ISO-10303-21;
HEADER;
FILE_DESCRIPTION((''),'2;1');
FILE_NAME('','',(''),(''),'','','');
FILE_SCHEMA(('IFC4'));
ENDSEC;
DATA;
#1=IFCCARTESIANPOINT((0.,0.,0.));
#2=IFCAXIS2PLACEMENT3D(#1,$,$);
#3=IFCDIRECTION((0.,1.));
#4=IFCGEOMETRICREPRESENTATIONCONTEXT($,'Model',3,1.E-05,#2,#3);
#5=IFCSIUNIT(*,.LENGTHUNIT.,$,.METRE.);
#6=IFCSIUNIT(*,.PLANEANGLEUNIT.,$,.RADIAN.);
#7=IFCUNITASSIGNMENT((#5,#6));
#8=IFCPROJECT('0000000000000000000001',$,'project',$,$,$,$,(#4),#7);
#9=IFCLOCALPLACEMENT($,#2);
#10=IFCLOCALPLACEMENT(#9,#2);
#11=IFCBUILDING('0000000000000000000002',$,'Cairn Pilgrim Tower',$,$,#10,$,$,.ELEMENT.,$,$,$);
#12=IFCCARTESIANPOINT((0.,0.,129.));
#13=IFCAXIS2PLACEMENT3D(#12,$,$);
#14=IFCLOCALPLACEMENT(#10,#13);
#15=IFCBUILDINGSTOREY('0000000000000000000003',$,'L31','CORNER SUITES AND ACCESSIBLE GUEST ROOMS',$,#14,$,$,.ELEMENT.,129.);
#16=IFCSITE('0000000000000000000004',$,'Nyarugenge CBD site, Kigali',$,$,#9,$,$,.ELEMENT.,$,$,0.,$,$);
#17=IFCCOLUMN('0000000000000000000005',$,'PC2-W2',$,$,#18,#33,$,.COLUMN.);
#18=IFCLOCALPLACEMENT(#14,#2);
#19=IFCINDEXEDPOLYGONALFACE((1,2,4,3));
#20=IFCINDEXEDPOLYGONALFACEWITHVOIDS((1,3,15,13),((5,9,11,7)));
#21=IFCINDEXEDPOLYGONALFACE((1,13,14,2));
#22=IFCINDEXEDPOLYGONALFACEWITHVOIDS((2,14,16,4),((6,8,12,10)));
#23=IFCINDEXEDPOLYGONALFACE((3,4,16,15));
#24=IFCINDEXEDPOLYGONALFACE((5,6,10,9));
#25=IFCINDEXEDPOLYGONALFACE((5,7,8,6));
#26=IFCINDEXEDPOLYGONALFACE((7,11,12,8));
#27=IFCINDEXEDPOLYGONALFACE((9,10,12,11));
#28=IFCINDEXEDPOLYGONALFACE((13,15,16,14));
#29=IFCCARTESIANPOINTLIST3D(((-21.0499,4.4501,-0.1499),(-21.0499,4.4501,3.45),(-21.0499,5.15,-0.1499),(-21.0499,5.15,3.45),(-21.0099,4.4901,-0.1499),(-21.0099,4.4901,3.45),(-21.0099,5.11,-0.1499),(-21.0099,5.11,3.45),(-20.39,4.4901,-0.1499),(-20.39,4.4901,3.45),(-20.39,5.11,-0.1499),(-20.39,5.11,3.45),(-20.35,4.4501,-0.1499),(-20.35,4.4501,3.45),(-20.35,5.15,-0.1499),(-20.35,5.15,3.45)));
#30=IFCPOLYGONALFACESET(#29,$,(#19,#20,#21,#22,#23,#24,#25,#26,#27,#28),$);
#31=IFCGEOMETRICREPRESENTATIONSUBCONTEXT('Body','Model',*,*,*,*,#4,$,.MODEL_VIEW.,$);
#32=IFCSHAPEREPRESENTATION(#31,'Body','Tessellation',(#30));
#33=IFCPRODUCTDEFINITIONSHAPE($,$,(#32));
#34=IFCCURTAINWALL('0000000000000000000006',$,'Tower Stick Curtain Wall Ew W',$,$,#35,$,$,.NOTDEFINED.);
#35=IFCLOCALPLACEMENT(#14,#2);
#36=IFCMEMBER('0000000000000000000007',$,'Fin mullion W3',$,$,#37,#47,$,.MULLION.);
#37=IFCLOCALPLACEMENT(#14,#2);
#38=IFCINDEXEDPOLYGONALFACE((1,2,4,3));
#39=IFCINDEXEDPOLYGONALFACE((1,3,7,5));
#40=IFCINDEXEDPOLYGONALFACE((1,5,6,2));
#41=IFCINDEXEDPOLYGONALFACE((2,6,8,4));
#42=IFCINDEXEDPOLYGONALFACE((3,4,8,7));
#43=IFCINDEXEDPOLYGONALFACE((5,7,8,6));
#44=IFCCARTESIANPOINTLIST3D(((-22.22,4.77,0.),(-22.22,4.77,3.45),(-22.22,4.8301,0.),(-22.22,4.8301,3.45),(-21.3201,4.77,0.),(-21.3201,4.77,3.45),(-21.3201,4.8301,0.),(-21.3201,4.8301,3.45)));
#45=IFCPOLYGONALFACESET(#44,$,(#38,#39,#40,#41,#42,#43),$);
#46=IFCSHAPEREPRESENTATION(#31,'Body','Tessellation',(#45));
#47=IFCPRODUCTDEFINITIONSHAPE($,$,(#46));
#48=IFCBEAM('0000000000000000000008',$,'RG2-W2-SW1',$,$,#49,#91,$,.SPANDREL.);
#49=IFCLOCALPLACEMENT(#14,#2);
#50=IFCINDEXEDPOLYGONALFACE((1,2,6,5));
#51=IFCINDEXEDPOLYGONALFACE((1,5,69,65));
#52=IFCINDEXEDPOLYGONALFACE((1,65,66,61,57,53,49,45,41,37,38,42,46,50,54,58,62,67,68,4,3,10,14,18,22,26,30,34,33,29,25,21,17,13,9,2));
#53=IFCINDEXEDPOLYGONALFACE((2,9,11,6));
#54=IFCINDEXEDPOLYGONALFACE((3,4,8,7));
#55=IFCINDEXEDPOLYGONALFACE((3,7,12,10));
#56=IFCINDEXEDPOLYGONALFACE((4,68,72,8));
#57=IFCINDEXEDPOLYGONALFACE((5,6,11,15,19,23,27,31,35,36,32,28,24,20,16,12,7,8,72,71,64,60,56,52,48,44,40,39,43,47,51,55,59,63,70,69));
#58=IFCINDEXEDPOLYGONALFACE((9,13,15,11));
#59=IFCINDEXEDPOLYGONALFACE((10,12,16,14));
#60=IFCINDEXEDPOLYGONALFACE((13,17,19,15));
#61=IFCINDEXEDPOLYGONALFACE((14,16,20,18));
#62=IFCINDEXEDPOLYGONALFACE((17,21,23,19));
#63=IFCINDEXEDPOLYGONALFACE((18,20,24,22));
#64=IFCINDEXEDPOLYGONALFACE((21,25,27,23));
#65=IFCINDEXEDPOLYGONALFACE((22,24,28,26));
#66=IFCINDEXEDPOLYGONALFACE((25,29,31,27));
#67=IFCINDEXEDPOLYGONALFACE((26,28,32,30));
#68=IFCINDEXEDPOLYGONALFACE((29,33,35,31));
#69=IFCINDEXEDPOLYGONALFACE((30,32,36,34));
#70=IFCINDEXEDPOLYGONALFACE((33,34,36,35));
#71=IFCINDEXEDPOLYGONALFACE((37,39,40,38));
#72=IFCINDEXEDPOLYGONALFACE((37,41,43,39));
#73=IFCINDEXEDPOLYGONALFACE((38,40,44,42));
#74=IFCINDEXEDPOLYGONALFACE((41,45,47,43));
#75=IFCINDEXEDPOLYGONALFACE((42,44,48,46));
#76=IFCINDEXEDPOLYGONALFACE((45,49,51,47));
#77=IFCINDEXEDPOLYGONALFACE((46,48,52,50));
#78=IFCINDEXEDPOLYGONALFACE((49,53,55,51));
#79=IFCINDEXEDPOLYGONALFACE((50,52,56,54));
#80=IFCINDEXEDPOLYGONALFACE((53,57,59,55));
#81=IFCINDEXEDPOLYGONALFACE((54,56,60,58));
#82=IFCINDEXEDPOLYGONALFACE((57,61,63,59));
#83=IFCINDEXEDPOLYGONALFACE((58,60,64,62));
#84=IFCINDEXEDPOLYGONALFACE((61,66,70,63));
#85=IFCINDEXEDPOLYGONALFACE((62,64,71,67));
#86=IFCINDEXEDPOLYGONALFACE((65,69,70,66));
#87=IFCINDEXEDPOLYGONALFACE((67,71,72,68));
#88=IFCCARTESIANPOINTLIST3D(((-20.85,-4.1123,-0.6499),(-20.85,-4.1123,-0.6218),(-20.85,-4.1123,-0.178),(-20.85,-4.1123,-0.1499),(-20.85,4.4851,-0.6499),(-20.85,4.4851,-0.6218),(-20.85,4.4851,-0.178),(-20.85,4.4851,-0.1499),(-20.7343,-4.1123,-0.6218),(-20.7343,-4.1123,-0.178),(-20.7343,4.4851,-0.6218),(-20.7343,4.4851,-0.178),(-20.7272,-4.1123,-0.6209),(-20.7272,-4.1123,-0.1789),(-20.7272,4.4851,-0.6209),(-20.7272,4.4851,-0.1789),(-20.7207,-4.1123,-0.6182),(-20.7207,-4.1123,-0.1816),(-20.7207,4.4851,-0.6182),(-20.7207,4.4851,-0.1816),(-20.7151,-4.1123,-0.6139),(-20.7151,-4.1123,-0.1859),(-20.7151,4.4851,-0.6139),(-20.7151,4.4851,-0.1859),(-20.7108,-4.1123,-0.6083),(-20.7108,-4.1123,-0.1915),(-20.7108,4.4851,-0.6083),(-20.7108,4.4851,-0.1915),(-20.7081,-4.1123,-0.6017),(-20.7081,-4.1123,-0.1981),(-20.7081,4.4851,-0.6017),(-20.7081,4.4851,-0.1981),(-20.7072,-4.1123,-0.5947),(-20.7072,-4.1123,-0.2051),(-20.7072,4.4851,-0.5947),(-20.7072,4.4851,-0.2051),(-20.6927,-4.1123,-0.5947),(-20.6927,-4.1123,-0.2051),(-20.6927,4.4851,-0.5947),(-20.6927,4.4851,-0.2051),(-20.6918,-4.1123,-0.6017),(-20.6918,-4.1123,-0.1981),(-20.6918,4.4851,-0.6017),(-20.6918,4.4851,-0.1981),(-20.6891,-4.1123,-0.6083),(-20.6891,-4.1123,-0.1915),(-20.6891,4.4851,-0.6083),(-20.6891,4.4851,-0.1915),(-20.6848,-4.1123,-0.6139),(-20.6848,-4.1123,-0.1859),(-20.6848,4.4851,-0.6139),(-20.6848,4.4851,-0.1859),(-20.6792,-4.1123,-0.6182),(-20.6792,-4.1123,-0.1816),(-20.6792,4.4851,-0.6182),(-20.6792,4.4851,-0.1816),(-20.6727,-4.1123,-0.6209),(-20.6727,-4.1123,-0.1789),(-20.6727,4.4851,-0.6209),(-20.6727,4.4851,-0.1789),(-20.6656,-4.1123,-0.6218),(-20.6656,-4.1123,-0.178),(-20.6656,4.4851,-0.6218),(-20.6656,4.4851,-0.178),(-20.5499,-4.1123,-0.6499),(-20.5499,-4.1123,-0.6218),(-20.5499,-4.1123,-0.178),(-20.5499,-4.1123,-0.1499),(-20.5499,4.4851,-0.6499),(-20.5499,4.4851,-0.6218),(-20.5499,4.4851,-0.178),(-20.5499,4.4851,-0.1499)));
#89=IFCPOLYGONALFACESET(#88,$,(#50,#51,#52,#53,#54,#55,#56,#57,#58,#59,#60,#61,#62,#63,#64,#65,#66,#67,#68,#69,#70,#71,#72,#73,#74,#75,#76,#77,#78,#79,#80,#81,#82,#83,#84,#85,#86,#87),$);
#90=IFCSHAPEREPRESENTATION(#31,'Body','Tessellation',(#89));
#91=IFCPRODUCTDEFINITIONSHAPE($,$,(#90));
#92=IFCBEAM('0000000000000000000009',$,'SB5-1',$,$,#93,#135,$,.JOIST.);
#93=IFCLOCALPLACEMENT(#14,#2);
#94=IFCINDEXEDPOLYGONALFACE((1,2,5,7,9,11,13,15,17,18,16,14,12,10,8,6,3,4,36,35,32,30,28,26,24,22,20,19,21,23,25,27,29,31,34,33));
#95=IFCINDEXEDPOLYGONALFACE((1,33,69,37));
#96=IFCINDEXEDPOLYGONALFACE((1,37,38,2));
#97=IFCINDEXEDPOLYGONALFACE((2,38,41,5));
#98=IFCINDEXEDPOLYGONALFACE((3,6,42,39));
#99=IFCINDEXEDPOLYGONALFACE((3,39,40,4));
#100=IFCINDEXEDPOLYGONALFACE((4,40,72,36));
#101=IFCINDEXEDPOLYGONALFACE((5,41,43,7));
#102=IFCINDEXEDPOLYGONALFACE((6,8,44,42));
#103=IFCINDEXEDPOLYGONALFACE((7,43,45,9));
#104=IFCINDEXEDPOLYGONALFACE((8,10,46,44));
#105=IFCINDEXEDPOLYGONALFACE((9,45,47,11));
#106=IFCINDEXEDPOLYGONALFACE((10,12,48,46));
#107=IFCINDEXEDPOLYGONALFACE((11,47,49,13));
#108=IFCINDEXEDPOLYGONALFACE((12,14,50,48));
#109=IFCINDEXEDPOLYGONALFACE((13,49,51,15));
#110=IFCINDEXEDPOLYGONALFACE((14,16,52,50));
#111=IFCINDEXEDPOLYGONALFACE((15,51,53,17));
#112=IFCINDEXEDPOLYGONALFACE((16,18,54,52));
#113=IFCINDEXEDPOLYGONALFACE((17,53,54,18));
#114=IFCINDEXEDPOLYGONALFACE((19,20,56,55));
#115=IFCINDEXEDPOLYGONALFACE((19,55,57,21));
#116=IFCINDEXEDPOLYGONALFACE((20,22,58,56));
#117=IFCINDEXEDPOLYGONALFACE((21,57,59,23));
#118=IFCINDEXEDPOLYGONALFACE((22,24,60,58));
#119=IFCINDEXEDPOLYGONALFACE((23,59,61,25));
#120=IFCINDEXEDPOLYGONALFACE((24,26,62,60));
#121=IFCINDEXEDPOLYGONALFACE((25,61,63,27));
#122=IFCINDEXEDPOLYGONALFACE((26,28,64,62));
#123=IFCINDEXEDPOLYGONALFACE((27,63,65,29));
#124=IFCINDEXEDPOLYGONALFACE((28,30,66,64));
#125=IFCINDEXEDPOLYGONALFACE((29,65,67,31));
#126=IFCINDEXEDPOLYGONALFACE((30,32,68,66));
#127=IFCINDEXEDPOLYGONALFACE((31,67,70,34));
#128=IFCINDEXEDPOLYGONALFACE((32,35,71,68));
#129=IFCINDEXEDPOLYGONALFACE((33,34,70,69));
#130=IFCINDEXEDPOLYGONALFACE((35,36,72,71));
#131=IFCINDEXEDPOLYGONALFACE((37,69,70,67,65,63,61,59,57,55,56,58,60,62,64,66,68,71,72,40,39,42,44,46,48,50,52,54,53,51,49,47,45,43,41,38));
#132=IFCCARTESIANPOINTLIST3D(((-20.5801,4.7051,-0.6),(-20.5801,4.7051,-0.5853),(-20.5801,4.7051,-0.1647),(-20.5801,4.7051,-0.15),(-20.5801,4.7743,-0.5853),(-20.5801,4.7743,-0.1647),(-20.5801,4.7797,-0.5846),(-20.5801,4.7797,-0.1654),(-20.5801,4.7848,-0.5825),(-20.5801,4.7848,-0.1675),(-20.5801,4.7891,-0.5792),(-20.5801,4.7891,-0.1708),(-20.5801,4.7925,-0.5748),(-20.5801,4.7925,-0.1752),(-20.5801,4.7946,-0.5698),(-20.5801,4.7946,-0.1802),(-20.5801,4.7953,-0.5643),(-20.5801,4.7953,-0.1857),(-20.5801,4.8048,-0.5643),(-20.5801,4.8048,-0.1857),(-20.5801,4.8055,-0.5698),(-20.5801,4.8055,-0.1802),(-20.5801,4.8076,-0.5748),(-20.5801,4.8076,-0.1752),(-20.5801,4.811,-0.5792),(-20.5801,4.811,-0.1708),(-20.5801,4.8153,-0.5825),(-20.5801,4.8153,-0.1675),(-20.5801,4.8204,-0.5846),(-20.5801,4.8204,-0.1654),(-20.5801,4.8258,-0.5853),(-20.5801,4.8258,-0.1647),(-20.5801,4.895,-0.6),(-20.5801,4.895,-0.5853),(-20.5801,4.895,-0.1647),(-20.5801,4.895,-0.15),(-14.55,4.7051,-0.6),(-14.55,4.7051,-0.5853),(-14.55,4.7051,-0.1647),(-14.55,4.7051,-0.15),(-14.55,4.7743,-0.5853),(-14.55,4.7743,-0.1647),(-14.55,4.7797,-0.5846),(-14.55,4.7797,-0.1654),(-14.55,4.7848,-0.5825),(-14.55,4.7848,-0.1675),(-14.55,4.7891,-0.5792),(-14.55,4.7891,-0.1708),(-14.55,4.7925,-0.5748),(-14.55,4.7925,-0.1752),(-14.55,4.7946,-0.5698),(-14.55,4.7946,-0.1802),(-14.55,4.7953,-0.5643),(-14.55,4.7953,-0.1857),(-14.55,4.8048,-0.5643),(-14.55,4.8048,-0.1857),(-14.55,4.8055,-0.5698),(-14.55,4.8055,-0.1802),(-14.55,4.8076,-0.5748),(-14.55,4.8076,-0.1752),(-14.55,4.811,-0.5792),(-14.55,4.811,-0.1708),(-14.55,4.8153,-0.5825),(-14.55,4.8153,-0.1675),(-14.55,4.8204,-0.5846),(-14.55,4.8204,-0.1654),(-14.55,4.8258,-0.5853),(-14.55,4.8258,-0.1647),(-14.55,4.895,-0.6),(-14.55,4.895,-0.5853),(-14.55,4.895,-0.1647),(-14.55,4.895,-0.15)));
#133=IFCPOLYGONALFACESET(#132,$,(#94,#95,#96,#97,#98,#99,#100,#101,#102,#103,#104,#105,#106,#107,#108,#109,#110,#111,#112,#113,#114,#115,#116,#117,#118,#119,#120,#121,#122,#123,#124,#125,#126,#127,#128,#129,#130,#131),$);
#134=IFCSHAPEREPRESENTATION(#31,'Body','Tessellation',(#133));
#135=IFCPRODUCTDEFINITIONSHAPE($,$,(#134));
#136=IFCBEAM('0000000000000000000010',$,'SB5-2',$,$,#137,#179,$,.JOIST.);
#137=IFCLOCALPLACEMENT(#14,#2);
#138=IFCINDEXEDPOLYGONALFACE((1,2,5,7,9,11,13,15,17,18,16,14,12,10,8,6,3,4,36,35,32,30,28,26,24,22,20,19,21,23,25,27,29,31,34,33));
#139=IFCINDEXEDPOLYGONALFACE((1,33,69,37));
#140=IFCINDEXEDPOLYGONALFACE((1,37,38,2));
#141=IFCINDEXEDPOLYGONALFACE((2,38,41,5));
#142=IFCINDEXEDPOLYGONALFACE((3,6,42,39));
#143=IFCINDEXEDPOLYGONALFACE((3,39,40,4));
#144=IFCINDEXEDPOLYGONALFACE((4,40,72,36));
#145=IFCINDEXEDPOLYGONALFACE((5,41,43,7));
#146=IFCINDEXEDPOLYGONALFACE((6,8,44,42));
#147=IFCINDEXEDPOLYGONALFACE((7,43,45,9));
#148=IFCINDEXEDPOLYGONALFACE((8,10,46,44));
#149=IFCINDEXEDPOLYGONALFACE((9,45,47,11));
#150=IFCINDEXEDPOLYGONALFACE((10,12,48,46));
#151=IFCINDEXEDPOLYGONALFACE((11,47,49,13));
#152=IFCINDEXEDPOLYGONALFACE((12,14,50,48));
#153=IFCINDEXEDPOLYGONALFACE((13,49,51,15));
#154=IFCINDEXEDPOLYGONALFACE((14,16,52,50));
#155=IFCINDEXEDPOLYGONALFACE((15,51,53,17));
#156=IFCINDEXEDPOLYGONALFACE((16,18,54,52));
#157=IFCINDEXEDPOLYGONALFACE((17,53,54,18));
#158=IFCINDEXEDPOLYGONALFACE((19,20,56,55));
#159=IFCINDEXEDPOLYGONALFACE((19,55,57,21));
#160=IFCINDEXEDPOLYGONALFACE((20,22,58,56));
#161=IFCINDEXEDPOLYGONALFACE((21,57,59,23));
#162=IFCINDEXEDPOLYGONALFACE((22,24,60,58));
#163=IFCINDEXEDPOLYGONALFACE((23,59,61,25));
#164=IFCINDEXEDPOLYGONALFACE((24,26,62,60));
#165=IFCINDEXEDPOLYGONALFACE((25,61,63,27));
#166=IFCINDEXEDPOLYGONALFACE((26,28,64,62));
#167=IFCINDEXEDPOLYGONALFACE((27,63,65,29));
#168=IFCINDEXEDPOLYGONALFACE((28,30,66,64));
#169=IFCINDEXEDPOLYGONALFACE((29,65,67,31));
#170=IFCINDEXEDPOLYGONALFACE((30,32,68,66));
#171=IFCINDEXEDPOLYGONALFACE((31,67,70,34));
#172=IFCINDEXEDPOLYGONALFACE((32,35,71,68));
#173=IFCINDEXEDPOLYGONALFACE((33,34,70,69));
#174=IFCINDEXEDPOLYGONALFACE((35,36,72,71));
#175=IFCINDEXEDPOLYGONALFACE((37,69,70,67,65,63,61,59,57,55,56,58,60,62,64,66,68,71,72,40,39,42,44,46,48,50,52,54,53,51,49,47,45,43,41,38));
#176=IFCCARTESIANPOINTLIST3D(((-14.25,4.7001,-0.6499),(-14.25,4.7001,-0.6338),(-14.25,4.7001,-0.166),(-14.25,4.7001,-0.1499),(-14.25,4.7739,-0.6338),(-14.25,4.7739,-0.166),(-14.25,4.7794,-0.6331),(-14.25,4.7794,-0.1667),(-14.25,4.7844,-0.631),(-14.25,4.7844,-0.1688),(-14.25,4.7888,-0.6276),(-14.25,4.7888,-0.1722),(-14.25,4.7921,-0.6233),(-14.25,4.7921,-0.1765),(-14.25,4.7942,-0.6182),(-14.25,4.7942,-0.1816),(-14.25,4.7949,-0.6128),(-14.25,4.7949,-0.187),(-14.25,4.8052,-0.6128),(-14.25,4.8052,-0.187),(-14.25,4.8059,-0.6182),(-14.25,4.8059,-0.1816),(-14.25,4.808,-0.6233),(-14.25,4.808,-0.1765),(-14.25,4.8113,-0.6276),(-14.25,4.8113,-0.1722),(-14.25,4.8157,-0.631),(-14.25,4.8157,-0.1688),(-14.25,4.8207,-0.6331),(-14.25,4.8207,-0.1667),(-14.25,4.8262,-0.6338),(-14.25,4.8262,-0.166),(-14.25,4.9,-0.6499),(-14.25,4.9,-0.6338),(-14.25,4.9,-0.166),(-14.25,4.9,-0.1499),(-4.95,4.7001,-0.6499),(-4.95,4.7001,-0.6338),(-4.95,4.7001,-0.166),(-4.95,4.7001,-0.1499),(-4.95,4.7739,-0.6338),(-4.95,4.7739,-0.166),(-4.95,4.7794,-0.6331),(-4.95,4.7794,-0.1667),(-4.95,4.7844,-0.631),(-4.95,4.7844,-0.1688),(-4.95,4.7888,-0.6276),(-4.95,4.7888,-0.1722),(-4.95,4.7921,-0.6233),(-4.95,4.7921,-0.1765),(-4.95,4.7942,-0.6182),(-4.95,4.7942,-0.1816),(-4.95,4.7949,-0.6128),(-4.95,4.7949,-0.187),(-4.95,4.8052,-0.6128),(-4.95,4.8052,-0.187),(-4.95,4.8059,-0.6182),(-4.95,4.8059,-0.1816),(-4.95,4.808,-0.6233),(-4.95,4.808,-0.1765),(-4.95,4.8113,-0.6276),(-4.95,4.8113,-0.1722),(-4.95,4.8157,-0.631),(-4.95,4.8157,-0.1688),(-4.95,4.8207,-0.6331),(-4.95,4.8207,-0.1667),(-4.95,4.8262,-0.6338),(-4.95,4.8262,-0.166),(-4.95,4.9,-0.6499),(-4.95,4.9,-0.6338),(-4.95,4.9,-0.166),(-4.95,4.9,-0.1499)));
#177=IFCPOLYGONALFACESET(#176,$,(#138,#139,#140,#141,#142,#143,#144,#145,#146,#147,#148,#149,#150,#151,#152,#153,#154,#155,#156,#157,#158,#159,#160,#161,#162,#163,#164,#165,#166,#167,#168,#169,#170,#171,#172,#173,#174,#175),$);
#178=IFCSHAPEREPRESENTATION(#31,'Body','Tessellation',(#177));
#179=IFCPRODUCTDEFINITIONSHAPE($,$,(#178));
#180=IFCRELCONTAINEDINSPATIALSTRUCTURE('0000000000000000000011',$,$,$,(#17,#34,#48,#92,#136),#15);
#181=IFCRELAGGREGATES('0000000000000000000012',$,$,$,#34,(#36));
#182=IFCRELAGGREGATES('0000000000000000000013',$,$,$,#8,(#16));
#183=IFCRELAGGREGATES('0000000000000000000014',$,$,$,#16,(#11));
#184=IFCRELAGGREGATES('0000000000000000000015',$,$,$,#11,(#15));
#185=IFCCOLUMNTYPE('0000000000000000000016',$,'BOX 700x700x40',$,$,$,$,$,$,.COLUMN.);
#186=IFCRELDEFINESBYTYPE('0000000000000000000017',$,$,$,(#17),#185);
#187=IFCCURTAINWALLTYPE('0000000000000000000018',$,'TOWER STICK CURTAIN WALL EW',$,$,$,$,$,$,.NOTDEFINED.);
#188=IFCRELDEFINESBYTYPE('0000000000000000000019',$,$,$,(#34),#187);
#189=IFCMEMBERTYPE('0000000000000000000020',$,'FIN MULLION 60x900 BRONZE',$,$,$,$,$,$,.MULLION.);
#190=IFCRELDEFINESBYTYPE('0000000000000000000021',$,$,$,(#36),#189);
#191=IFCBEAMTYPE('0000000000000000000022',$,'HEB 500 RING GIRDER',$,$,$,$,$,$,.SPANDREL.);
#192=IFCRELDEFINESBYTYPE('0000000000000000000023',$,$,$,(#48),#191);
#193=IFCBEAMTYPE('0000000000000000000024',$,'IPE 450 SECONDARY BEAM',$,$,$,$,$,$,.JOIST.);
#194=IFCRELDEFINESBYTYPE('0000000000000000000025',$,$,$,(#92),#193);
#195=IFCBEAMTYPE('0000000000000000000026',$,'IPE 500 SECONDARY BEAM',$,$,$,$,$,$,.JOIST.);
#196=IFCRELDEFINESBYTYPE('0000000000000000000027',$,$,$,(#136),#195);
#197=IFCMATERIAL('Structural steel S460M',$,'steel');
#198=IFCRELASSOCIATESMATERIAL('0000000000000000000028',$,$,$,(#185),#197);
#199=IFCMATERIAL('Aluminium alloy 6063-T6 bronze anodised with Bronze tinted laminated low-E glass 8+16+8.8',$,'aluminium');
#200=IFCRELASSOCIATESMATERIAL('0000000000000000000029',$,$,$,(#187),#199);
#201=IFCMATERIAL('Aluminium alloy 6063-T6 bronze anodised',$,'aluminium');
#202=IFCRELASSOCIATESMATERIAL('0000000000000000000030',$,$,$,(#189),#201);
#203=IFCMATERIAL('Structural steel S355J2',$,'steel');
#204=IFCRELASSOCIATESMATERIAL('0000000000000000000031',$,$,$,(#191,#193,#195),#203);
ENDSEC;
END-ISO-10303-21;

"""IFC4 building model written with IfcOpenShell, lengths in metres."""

from ifc_helpers import new_model, si_unit, direction, frame, origin, origin_2d, place, context, subcontext, project, spatial, rectangle, hollow_rectangle, i_section, extrude, material, material_profile, profile_set, type_object, element, aggregate, save


model = new_model("IFC4")

# Units and contexts
model_context = context("Model", 3, precision=1e-05, world=origin(), true_north=direction((0.0, 1.0)))
body_context = subcontext(model_context, "Body", "Model", "MODEL_VIEW")
ifc_project = project(units=[si_unit("LENGTHUNIT", "METRE"), si_unit("PLANEANGLEUNIT", "RADIAN")], contexts=[model_context])

# Site, building, storey
site_placement = place(None, origin())
site = spatial("IfcSite", under=ifc_project, at=site_placement, Name="Nyarugenge CBD site, Kigali", CompositionType="ELEMENT", RefElevation=0.0)
building_placement = place(site_placement, origin())
building = spatial("IfcBuilding", under=site, at=building_placement, Name="Cairn Pilgrim Tower", CompositionType="ELEMENT")
storey_placement = place(building_placement, frame((0.0, 0.0, 129.0)))
storey = spatial("IfcBuildingStorey", under=building, at=storey_placement, Name="L31", Description="CORNER SUITES AND ACCESSIBLE GUEST ROOMS", CompositionType="ELEMENT", Elevation=129.0)

# Column
ifc_material_1 = material(Name="Structural steel S460M", Category="steel")
ifc_material_profile_1 = material_profile(ifc_material_1, hollow_rectangle(XDim=0.7, YDim=0.7, WallThickness=0.04, at=origin_2d()), Name="BOX 700x700x40")
ifc_profile_set_1 = profile_set([ifc_material_profile_1], Name="Structural steel S460M")
column_type = type_object("IfcColumnType", Name="BOX 700x700x40", PredefinedType="COLUMN", material=ifc_profile_set_1)
column_placement = place(storey_placement, frame((-20.7, 4.8, -0.1499), z_axis=(0.0, 0.0, 1.0), x_axis=(1.0, 0.0, 0.0)))
element("IfcColumn", 1, at=column_placement, inside=storey, type_object=column_type, Name="PC2-W2", PredefinedType="COLUMN", context=body_context, shape_type="SweptSolid", body=[
    extrude(hollow_rectangle(XDim=0.7, YDim=0.7, WallThickness=0.04, at=origin_2d()), origin(), (0.0, 0.0, 1.0), 3.5999),
])

# Curtain wall, member
ifc_material_2 = material(Name="Aluminium alloy 6063-T6 bronze anodised with Bronze tinted laminated low-E glass 8+16+8.8", Category="aluminium")
curtain_wall_type = type_object("IfcCurtainWallType", Name="TOWER STICK CURTAIN WALL EW", PredefinedType="NOTDEFINED", material=ifc_material_2)
curtain_wall_placement = place(storey_placement, origin())
curtain_wall = element("IfcCurtainWall", 2, at=curtain_wall_placement, inside=storey, type_object=curtain_wall_type, Name="Tower Stick Curtain Wall Ew W", PredefinedType="NOTDEFINED")
ifc_material_3 = material(Name="Aluminium alloy 6063-T6 bronze anodised", Category="aluminium")
ifc_material_profile_2 = material_profile(ifc_material_3, rectangle(XDim=0.8999, YDim=0.0601, at=origin_2d()), Name="FIN MULLION 60x900 BRONZE")
ifc_profile_set_2 = profile_set([ifc_material_profile_2], Name="Aluminium alloy 6063-T6 bronze anodised")
member_type = type_object("IfcMemberType", Name="FIN MULLION 60x900 BRONZE", PredefinedType="MULLION", material=ifc_profile_set_2)
member_placement = place(storey_placement, frame((-21.77, 4.8, 0.0), z_axis=(0.0, 0.0, 1.0), x_axis=(-1.0, 0.0, 0.0)))
member = element("IfcMember", 3, at=member_placement, type_object=member_type, Name="Fin mullion W3", PredefinedType="MULLION", context=body_context, shape_type="SweptSolid", body=[
    extrude(rectangle(XDim=0.8999, YDim=0.0601, at=origin_2d()), origin(), (0.0, 0.0, 1.0), 3.45),
])
aggregate(curtain_wall, [member])

# Beams
ifc_material_4 = material(Name="Structural steel S355J2", Category="steel")
ifc_material_profile_3 = material_profile(ifc_material_4, i_section(OverallWidth=0.3, OverallDepth=0.5, WebThickness=0.0144, FlangeThickness=0.0281, FilletRadius=0.0271, at=origin_2d()), Name="HEB 500")
ifc_profile_set_3 = profile_set([ifc_material_profile_3], Name="Structural steel S355J2")
beam_type_1 = type_object("IfcBeamType", Name="HEB 500 RING GIRDER", PredefinedType="SPANDREL", material=ifc_profile_set_3)
beam_1_placement = place(storey_placement, frame((-20.7, 4.4851, -0.3999), z_axis=(0.0, -1.0, 0.0), x_axis=(1.0, 0.0, 0.0)))
element("IfcBeam", 4, at=beam_1_placement, inside=storey, type_object=beam_type_1, Name="RG2-W2-SW1", PredefinedType="SPANDREL", context=body_context, shape_type="SweptSolid", body=[
    extrude(i_section(OverallWidth=0.3, OverallDepth=0.5, WebThickness=0.0144, FlangeThickness=0.0281, FilletRadius=0.0271, at=origin_2d()), origin(), (0.0, 0.0, 1.0), 8.5974),
])
ifc_material_profile_4 = material_profile(ifc_material_4, i_section(OverallWidth=0.1899, OverallDepth=0.45, WebThickness=0.0095, FlangeThickness=0.0146, FilletRadius=0.021, at=origin_2d()), Name="IPE 450")
ifc_profile_set_4 = profile_set([ifc_material_profile_4], Name="Structural steel S355J2")
beam_type_2 = type_object("IfcBeamType", Name="IPE 450 SECONDARY BEAM", PredefinedType="JOIST", material=ifc_profile_set_4)
beam_2_placement = place(storey_placement, frame((-20.5801, 4.8, -0.375), z_axis=(1.0, 0.0, 0.0), x_axis=(0.0, 1.0, 0.0)))
element("IfcBeam", 5, at=beam_2_placement, inside=storey, type_object=beam_type_2, Name="SB5-1", PredefinedType="JOIST", context=body_context, shape_type="SweptSolid", body=[
    extrude(i_section(OverallWidth=0.1899, OverallDepth=0.45, WebThickness=0.0095, FlangeThickness=0.0146, FilletRadius=0.021, at=origin_2d()), origin(), (0.0, 0.0, 1.0), 6.03),
])
ifc_material_profile_5 = material_profile(ifc_material_4, i_section(OverallWidth=0.2, OverallDepth=0.5, WebThickness=0.0103, FlangeThickness=0.0161, FilletRadius=0.021, at=origin_2d()), Name="IPE 500")
ifc_profile_set_5 = profile_set([ifc_material_profile_5], Name="Structural steel S355J2")
beam_type_3 = type_object("IfcBeamType", Name="IPE 500 SECONDARY BEAM", PredefinedType="JOIST", material=ifc_profile_set_5)
beam_3_placement = place(storey_placement, frame((-14.25, 4.8, -0.3999), z_axis=(1.0, 0.0, 0.0), x_axis=(0.0, 1.0, 0.0)))
element("IfcBeam", 6, at=beam_3_placement, inside=storey, type_object=beam_type_3, Name="SB5-2", PredefinedType="JOIST", context=body_context, shape_type="SweptSolid", body=[
    extrude(i_section(OverallWidth=0.2, OverallDepth=0.5, WebThickness=0.0103, FlangeThickness=0.0161, FilletRadius=0.021, at=origin_2d()), origin(), (0.0, 0.0, 1.0), 9.3),
])

save(model, "model.ifc")
